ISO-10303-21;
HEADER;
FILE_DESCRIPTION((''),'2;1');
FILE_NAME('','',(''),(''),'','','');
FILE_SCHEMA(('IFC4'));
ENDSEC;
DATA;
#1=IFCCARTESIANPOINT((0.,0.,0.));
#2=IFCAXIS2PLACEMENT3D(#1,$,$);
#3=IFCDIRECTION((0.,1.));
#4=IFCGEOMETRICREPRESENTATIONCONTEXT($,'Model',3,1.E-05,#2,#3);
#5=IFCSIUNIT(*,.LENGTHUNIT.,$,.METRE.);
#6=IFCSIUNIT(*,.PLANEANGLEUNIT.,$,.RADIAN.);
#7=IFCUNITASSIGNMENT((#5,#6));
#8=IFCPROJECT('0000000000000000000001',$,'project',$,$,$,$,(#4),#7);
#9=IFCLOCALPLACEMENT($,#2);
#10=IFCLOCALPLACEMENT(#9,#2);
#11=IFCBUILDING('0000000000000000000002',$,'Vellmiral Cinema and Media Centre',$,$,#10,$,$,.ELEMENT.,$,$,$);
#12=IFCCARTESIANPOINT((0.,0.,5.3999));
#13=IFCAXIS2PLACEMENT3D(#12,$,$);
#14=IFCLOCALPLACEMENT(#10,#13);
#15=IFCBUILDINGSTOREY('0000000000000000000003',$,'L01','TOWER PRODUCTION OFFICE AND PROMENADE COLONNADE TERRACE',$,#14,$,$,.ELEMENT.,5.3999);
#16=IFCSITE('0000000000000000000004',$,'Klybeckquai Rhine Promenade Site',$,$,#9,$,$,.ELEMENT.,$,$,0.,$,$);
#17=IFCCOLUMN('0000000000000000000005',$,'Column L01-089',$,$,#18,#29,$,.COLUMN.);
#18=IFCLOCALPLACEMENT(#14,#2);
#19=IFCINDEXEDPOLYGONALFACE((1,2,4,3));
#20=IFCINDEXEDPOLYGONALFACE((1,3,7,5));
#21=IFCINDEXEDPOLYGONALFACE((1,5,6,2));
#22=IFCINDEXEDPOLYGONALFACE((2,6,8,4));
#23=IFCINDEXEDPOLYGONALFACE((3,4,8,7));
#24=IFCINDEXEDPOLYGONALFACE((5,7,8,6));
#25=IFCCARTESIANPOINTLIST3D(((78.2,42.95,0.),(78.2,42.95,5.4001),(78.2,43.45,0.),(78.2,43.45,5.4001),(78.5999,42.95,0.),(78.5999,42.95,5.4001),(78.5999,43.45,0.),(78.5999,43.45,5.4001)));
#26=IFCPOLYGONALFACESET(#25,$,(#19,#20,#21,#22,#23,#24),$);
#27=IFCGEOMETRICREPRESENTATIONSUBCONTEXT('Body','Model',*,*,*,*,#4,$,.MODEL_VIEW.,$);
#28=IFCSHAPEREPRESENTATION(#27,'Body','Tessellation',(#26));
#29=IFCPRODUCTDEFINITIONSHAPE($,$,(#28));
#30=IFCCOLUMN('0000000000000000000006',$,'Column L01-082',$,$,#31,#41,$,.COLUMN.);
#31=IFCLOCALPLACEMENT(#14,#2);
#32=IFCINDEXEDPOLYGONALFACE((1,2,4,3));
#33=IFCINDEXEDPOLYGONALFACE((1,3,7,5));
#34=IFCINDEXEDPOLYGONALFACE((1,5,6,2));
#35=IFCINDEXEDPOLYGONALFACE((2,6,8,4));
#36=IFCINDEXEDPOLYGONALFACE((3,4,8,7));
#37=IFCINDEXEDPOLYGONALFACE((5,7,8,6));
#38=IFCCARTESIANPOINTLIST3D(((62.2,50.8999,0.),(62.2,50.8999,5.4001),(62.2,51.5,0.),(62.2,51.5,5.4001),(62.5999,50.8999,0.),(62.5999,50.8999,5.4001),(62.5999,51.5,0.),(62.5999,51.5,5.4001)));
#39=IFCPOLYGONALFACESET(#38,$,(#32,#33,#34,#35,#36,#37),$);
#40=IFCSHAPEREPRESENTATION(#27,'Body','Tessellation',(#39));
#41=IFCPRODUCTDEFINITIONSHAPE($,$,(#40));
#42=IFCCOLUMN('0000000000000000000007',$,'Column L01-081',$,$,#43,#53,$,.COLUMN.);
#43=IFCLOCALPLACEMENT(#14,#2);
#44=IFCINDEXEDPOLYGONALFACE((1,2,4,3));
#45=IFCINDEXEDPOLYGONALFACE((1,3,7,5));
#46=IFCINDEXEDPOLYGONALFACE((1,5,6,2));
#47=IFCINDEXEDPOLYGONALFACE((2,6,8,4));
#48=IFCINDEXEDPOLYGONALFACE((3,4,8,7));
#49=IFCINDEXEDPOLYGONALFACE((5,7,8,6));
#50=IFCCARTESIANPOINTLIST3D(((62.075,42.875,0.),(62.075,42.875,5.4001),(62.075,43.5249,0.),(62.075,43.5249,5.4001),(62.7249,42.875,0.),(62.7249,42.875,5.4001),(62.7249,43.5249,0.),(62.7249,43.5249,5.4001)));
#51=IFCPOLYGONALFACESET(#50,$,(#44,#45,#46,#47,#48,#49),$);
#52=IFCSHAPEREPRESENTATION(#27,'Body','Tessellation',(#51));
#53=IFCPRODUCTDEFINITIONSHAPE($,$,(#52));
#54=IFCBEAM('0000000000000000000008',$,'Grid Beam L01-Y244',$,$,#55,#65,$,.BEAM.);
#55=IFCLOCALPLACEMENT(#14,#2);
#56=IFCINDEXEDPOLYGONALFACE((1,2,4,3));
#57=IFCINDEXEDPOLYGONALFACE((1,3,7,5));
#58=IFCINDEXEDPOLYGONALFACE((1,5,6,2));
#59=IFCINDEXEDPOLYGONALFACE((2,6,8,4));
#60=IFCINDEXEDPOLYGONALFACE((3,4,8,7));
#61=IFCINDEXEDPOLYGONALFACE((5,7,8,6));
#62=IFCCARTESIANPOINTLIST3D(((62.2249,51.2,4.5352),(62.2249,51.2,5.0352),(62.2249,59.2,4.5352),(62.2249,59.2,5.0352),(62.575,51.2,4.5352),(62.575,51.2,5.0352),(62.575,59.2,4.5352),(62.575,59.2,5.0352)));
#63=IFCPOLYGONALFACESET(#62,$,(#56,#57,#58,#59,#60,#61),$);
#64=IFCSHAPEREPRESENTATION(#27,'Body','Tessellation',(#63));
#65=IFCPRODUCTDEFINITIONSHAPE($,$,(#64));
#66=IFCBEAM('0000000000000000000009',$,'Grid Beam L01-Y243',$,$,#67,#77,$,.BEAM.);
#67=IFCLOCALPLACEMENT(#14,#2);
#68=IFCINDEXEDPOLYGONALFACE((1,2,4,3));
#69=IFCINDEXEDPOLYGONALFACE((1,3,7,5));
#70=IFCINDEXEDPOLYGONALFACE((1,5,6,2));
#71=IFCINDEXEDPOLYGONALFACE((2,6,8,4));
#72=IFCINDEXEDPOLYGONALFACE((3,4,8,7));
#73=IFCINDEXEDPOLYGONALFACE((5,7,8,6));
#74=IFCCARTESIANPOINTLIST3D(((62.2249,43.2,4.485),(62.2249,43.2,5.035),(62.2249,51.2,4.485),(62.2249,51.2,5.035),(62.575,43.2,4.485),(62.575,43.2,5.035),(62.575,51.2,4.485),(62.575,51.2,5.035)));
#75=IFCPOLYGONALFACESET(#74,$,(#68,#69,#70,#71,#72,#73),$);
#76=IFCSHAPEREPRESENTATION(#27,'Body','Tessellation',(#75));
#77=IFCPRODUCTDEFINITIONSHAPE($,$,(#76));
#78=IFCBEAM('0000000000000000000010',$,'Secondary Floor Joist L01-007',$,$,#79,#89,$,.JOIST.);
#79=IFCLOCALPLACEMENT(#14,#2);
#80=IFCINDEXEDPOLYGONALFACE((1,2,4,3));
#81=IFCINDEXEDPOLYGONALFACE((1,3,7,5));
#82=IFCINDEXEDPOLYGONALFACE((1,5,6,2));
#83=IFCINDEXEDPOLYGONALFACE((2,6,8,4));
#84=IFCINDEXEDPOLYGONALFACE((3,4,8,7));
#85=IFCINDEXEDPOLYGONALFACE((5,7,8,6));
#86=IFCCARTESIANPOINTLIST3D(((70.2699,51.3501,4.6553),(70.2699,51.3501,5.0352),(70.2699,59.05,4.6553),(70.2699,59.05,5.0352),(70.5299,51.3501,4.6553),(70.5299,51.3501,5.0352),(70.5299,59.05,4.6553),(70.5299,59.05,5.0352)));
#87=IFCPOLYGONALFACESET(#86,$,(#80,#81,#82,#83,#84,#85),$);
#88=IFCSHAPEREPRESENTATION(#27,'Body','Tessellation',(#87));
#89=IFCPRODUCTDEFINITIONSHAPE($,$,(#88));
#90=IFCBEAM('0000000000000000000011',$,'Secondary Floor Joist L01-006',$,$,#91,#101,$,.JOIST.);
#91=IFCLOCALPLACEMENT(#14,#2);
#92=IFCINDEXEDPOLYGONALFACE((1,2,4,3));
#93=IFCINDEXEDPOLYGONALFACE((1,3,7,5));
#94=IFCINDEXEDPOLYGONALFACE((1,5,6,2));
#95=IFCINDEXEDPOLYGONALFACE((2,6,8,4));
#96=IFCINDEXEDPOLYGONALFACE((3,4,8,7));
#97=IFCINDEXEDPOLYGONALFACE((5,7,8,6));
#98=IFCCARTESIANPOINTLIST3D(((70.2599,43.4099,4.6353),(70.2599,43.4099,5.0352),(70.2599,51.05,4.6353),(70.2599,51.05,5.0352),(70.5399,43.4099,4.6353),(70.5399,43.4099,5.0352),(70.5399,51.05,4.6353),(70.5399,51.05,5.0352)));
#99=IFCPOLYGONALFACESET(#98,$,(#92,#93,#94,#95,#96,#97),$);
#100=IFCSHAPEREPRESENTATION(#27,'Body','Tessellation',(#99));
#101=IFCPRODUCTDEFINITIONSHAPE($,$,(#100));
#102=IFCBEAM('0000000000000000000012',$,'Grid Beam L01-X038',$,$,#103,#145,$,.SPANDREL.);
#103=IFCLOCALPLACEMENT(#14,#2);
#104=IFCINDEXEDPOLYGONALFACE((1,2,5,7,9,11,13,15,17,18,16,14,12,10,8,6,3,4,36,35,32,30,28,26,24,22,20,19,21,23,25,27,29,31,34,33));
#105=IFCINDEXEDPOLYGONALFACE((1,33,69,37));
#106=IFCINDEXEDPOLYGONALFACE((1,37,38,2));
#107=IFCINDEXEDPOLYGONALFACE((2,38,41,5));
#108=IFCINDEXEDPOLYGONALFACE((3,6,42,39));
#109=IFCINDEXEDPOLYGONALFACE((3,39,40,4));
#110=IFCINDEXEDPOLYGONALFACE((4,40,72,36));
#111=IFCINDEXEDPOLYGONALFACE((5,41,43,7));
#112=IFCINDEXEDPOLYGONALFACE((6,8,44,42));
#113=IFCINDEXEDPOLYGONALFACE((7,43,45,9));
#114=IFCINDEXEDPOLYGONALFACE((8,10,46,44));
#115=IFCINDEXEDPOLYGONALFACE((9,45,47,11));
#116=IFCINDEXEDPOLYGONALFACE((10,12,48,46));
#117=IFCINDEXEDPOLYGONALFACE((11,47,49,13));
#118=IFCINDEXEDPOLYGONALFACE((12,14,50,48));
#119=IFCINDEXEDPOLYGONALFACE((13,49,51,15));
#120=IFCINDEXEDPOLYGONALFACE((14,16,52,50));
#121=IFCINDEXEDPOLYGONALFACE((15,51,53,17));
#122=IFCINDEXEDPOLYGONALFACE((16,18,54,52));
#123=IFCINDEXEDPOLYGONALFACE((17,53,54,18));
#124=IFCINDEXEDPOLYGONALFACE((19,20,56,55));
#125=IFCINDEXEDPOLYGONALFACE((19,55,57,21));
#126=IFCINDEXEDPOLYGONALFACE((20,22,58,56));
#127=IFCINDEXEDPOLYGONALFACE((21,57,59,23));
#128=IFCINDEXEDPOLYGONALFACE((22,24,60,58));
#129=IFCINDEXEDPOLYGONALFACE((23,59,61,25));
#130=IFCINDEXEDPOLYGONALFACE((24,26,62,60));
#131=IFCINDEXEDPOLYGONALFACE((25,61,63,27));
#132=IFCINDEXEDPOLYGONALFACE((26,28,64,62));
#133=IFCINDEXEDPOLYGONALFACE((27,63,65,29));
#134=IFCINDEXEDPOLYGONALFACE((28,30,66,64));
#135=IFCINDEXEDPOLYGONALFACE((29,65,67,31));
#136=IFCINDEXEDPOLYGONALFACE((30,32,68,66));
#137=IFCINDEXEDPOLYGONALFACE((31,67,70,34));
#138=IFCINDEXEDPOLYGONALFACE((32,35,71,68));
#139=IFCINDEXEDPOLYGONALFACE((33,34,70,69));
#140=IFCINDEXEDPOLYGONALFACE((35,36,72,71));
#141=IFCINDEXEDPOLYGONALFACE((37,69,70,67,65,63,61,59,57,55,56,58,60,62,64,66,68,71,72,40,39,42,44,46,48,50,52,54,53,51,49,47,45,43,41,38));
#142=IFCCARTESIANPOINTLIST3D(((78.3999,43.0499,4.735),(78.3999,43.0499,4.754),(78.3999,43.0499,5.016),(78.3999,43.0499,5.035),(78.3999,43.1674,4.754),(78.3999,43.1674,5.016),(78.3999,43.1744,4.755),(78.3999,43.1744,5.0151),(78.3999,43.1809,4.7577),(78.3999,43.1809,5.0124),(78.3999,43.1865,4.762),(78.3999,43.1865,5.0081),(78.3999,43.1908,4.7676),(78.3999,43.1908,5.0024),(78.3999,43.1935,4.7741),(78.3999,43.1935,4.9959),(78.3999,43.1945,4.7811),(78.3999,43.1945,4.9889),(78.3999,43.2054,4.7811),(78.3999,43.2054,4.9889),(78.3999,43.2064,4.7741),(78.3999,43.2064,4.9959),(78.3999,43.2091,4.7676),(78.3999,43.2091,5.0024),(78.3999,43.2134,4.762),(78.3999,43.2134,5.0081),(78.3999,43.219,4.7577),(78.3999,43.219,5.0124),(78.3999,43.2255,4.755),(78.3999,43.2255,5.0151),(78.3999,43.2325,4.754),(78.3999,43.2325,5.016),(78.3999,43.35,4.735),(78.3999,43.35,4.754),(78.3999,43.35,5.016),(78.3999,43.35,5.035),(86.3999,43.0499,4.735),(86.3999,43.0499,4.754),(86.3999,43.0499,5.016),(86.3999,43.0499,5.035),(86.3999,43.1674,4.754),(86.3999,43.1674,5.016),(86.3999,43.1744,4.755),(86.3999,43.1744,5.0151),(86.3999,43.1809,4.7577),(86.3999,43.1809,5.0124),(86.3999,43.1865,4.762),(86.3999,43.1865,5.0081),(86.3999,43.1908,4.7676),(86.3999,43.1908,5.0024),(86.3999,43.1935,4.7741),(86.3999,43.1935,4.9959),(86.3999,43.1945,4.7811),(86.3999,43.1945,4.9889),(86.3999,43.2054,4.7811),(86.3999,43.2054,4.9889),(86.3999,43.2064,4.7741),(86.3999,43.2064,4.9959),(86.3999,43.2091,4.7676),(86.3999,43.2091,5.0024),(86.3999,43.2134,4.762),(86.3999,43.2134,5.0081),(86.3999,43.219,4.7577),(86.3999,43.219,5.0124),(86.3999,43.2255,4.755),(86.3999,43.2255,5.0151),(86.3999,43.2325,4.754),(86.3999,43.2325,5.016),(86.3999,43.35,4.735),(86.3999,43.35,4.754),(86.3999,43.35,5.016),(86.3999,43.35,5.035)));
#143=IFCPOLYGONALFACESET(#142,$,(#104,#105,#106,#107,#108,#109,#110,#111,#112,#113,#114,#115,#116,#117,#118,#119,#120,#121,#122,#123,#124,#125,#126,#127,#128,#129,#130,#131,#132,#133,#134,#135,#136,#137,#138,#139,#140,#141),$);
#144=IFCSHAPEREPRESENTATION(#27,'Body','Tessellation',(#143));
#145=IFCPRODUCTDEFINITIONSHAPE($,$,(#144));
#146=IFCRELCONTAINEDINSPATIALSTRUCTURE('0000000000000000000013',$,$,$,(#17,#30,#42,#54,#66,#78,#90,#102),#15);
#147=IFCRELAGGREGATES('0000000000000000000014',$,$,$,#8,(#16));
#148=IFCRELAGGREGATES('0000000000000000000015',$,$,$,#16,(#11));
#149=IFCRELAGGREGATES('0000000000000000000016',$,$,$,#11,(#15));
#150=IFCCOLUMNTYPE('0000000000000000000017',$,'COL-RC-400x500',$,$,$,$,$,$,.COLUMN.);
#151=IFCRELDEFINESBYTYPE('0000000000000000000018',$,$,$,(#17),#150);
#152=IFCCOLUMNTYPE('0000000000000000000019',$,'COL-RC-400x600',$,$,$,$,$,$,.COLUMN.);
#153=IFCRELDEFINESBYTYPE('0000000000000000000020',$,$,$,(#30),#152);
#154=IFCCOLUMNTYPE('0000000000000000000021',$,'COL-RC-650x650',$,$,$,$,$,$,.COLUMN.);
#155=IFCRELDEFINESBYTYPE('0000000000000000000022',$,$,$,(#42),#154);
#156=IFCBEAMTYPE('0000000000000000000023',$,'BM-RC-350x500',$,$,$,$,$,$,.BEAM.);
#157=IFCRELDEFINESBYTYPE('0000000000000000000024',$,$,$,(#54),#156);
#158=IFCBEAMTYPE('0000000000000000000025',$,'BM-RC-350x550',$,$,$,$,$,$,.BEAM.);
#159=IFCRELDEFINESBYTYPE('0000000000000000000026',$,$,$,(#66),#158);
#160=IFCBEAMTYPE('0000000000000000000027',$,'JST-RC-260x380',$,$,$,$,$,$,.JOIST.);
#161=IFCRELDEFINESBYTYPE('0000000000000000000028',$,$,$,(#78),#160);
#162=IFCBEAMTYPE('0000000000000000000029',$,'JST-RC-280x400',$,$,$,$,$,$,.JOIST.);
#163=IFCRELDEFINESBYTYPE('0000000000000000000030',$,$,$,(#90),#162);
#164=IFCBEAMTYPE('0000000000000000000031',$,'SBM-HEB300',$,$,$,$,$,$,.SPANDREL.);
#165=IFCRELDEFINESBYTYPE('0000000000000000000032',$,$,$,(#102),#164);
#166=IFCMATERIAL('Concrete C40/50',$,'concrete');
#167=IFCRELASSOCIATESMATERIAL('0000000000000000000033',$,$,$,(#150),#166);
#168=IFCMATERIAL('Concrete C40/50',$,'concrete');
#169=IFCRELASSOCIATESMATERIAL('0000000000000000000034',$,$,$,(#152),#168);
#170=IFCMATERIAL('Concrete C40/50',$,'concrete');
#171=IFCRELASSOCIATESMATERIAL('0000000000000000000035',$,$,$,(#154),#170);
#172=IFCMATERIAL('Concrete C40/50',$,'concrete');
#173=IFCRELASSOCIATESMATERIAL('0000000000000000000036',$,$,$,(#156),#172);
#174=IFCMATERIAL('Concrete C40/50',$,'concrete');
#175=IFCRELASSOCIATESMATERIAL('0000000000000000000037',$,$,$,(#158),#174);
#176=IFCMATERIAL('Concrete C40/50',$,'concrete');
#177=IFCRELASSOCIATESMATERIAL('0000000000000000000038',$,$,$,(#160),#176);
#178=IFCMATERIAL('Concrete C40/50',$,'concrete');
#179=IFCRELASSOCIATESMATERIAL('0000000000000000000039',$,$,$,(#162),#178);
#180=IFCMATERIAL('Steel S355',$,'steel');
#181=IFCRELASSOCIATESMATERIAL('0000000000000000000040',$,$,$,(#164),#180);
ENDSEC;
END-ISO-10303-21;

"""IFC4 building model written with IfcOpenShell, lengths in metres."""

from ifc_helpers import new_model, si_unit, direction, frame, origin, origin_2d, place, context, subcontext, project, spatial, rectangle, i_section, extrude, material, material_profile, profile_set, type_object, element, save


model = new_model("IFC4")

# Units and contexts
model_context = context("Model", 3, precision=1e-05, world=origin(), true_north=direction((0.0, 1.0)))
body_context = subcontext(model_context, "Body", "Model", "MODEL_VIEW")
ifc_project = project(units=[si_unit("LENGTHUNIT", "METRE"), si_unit("PLANEANGLEUNIT", "RADIAN")], contexts=[model_context])

# Site, building, storey
site_placement = place(None, origin())
site = spatial("IfcSite", under=ifc_project, at=site_placement, Name="Klybeckquai Rhine Promenade Site", CompositionType="ELEMENT", RefElevation=0.0)
building_placement = place(site_placement, origin())
building = spatial("IfcBuilding", under=site, at=building_placement, Name="Vellmiral Cinema and Media Centre", CompositionType="ELEMENT")
storey_placement = place(building_placement, frame((0.0, 0.0, 5.3999)))
storey = spatial("IfcBuildingStorey", under=building, at=storey_placement, Name="L01", Description="TOWER PRODUCTION OFFICE AND PROMENADE COLONNADE TERRACE", CompositionType="ELEMENT", Elevation=5.3999)

# Columns
ifc_material_1 = material(Name="Concrete C40/50", Category="concrete")
ifc_material_profile_1 = material_profile(ifc_material_1, rectangle(XDim=0.3999, YDim=0.5, at=origin_2d()), Name="RC 400x500")
ifc_profile_set_1 = profile_set([ifc_material_profile_1], Name="Concrete C40/50")
column_type_1 = type_object("IfcColumnType", Name="COL-RC-400x500", PredefinedType="COLUMN", material=ifc_profile_set_1)
column_1_placement = place(storey_placement, frame((78.3999, 43.2, 0.0), z_axis=(0.0, 0.0, 1.0), x_axis=(1.0, 0.0, 0.0)))
element("IfcColumn", 1, at=column_1_placement, inside=storey, type_object=column_type_1, Name="Column L01-089", PredefinedType="COLUMN", context=body_context, shape_type="SweptSolid", body=[
    extrude(rectangle(XDim=0.3999, YDim=0.5, at=origin_2d()), origin(), (0.0, 0.0, 1.0), 5.4001),
])
ifc_material_2 = material(Name="Concrete C40/50", Category="concrete")
ifc_material_profile_2 = material_profile(ifc_material_2, rectangle(XDim=0.3999, YDim=0.6001, at=origin_2d()), Name="RC 400x600")
ifc_profile_set_2 = profile_set([ifc_material_profile_2], Name="Concrete C40/50")
column_type_2 = type_object("IfcColumnType", Name="COL-RC-400x600", PredefinedType="COLUMN", material=ifc_profile_set_2)
column_2_placement = place(storey_placement, frame((62.3999, 51.2, 0.0), z_axis=(0.0, 0.0, 1.0), x_axis=(1.0, 0.0, 0.0)))
element("IfcColumn", 2, at=column_2_placement, inside=storey, type_object=column_type_2, Name="Column L01-082", PredefinedType="COLUMN", context=body_context, shape_type="SweptSolid", body=[
    extrude(rectangle(XDim=0.3999, YDim=0.6001, at=origin_2d()), origin(), (0.0, 0.0, 1.0), 5.4001),
])
ifc_material_3 = material(Name="Concrete C40/50", Category="concrete")
ifc_material_profile_3 = material_profile(ifc_material_3, rectangle(XDim=0.6499, YDim=0.6499, at=origin_2d()), Name="RC 650x650")
ifc_profile_set_3 = profile_set([ifc_material_profile_3], Name="Concrete C40/50")
column_type_3 = type_object("IfcColumnType", Name="COL-RC-650x650", PredefinedType="COLUMN", material=ifc_profile_set_3)
column_3_placement = place(storey_placement, frame((62.3999, 43.2, 0.0), z_axis=(0.0, 0.0, 1.0), x_axis=(1.0, 0.0, 0.0)))
element("IfcColumn", 3, at=column_3_placement, inside=storey, type_object=column_type_3, Name="Column L01-081", PredefinedType="COLUMN", context=body_context, shape_type="SweptSolid", body=[
    extrude(rectangle(XDim=0.6499, YDim=0.6499, at=origin_2d()), origin(), (0.0, 0.0, 1.0), 5.4001),
])

# Beams
ifc_material_4 = material(Name="Concrete C40/50", Category="concrete")
ifc_material_profile_4 = material_profile(ifc_material_4, rectangle(XDim=0.3501, YDim=0.5, at=origin_2d()), Name="RC 350x500")
ifc_profile_set_4 = profile_set([ifc_material_profile_4], Name="Concrete C40/50")
beam_type_1 = type_object("IfcBeamType", Name="BM-RC-350x500", PredefinedType="BEAM", material=ifc_profile_set_4)
beam_1_placement = place(storey_placement, frame((62.3999, 51.2, 4.7852), z_axis=(0.0, 1.0, 0.0), x_axis=(-1.0, 0.0, 0.0)))
element("IfcBeam", 4, at=beam_1_placement, inside=storey, type_object=beam_type_1, Name="Grid Beam L01-Y244", PredefinedType="BEAM", context=body_context, shape_type="SweptSolid", body=[
    extrude(rectangle(XDim=0.3501, YDim=0.5, at=origin_2d()), origin(), (0.0, 0.0, 1.0), 8.0),
])
ifc_material_5 = material(Name="Concrete C40/50", Category="concrete")
ifc_material_profile_5 = material_profile(ifc_material_5, rectangle(XDim=0.3501, YDim=0.55, at=origin_2d()), Name="RC 350x550")
ifc_profile_set_5 = profile_set([ifc_material_profile_5], Name="Concrete C40/50")
beam_type_2 = type_object("IfcBeamType", Name="BM-RC-350x550", PredefinedType="BEAM", material=ifc_profile_set_5)
beam_2_placement = place(storey_placement, frame((62.3999, 43.2, 4.76), z_axis=(0.0, 1.0, 0.0), x_axis=(-1.0, 0.0, 0.0)))
element("IfcBeam", 5, at=beam_2_placement, inside=storey, type_object=beam_type_2, Name="Grid Beam L01-Y243", PredefinedType="BEAM", context=body_context, shape_type="SweptSolid", body=[
    extrude(rectangle(XDim=0.3501, YDim=0.55, at=origin_2d()), origin(), (0.0, 0.0, 1.0), 8.0),
])
ifc_material_6 = material(Name="Concrete C40/50", Category="concrete")
ifc_material_profile_6 = material_profile(ifc_material_6, rectangle(XDim=0.26, YDim=0.3799, at=origin_2d()), Name="RC 260x380")
ifc_profile_set_6 = profile_set([ifc_material_profile_6], Name="Concrete C40/50")
beam_type_3 = type_object("IfcBeamType", Name="JST-RC-260x380", PredefinedType="JOIST", material=ifc_profile_set_6)
beam_3_placement = place(storey_placement, frame((70.3999, 51.3501, 4.8452), z_axis=(0.0, 1.0, 0.0), x_axis=(-1.0, 0.0, 0.0)))
element("IfcBeam", 6, at=beam_3_placement, inside=storey, type_object=beam_type_3, Name="Secondary Floor Joist L01-007", PredefinedType="JOIST", context=body_context, shape_type="SweptSolid", body=[
    extrude(rectangle(XDim=0.26, YDim=0.3799, at=origin_2d()), origin(), (0.0, 0.0, 1.0), 7.7),
])
ifc_material_7 = material(Name="Concrete C40/50", Category="concrete")
ifc_material_profile_7 = material_profile(ifc_material_7, rectangle(XDim=0.28, YDim=0.3999, at=origin_2d()), Name="RC 280x400")
ifc_profile_set_7 = profile_set([ifc_material_profile_7], Name="Concrete C40/50")
beam_type_4 = type_object("IfcBeamType", Name="JST-RC-280x400", PredefinedType="JOIST", material=ifc_profile_set_7)
beam_4_placement = place(storey_placement, frame((70.3999, 43.4099, 4.8352), z_axis=(0.0, 1.0, 0.0), x_axis=(-1.0, 0.0, 0.0)))
element("IfcBeam", 7, at=beam_4_placement, inside=storey, type_object=beam_type_4, Name="Secondary Floor Joist L01-006", PredefinedType="JOIST", context=body_context, shape_type="SweptSolid", body=[
    extrude(rectangle(XDim=0.28, YDim=0.3999, at=origin_2d()), origin(), (0.0, 0.0, 1.0), 7.6401),
])
ifc_material_8 = material(Name="Steel S355", Category="steel")
ifc_material_profile_8 = material_profile(ifc_material_8, i_section(OverallWidth=0.3, OverallDepth=0.3, WebThickness=0.011, FlangeThickness=0.019, FilletRadius=0.0271, at=origin_2d()), Name="HEB 300")
ifc_profile_set_8 = profile_set([ifc_material_profile_8], Name="Steel S355")
beam_type_5 = type_object("IfcBeamType", Name="SBM-HEB300", PredefinedType="SPANDREL", material=ifc_profile_set_8)
beam_5_placement = place(storey_placement, frame((78.3999, 43.2, 4.885), z_axis=(1.0, 0.0, 0.0), x_axis=(0.0, 1.0, 0.0)))
element("IfcBeam", 8, at=beam_5_placement, inside=storey, type_object=beam_type_5, Name="Grid Beam L01-X038", PredefinedType="SPANDREL", context=body_context, shape_type="SweptSolid", body=[
    extrude(i_section(OverallWidth=0.3, OverallDepth=0.3, WebThickness=0.011, FlangeThickness=0.019, FilletRadius=0.0271, at=origin_2d()), origin(), (0.0, 0.0, 1.0), 8.0),
])

save(model, "model.ifc")
